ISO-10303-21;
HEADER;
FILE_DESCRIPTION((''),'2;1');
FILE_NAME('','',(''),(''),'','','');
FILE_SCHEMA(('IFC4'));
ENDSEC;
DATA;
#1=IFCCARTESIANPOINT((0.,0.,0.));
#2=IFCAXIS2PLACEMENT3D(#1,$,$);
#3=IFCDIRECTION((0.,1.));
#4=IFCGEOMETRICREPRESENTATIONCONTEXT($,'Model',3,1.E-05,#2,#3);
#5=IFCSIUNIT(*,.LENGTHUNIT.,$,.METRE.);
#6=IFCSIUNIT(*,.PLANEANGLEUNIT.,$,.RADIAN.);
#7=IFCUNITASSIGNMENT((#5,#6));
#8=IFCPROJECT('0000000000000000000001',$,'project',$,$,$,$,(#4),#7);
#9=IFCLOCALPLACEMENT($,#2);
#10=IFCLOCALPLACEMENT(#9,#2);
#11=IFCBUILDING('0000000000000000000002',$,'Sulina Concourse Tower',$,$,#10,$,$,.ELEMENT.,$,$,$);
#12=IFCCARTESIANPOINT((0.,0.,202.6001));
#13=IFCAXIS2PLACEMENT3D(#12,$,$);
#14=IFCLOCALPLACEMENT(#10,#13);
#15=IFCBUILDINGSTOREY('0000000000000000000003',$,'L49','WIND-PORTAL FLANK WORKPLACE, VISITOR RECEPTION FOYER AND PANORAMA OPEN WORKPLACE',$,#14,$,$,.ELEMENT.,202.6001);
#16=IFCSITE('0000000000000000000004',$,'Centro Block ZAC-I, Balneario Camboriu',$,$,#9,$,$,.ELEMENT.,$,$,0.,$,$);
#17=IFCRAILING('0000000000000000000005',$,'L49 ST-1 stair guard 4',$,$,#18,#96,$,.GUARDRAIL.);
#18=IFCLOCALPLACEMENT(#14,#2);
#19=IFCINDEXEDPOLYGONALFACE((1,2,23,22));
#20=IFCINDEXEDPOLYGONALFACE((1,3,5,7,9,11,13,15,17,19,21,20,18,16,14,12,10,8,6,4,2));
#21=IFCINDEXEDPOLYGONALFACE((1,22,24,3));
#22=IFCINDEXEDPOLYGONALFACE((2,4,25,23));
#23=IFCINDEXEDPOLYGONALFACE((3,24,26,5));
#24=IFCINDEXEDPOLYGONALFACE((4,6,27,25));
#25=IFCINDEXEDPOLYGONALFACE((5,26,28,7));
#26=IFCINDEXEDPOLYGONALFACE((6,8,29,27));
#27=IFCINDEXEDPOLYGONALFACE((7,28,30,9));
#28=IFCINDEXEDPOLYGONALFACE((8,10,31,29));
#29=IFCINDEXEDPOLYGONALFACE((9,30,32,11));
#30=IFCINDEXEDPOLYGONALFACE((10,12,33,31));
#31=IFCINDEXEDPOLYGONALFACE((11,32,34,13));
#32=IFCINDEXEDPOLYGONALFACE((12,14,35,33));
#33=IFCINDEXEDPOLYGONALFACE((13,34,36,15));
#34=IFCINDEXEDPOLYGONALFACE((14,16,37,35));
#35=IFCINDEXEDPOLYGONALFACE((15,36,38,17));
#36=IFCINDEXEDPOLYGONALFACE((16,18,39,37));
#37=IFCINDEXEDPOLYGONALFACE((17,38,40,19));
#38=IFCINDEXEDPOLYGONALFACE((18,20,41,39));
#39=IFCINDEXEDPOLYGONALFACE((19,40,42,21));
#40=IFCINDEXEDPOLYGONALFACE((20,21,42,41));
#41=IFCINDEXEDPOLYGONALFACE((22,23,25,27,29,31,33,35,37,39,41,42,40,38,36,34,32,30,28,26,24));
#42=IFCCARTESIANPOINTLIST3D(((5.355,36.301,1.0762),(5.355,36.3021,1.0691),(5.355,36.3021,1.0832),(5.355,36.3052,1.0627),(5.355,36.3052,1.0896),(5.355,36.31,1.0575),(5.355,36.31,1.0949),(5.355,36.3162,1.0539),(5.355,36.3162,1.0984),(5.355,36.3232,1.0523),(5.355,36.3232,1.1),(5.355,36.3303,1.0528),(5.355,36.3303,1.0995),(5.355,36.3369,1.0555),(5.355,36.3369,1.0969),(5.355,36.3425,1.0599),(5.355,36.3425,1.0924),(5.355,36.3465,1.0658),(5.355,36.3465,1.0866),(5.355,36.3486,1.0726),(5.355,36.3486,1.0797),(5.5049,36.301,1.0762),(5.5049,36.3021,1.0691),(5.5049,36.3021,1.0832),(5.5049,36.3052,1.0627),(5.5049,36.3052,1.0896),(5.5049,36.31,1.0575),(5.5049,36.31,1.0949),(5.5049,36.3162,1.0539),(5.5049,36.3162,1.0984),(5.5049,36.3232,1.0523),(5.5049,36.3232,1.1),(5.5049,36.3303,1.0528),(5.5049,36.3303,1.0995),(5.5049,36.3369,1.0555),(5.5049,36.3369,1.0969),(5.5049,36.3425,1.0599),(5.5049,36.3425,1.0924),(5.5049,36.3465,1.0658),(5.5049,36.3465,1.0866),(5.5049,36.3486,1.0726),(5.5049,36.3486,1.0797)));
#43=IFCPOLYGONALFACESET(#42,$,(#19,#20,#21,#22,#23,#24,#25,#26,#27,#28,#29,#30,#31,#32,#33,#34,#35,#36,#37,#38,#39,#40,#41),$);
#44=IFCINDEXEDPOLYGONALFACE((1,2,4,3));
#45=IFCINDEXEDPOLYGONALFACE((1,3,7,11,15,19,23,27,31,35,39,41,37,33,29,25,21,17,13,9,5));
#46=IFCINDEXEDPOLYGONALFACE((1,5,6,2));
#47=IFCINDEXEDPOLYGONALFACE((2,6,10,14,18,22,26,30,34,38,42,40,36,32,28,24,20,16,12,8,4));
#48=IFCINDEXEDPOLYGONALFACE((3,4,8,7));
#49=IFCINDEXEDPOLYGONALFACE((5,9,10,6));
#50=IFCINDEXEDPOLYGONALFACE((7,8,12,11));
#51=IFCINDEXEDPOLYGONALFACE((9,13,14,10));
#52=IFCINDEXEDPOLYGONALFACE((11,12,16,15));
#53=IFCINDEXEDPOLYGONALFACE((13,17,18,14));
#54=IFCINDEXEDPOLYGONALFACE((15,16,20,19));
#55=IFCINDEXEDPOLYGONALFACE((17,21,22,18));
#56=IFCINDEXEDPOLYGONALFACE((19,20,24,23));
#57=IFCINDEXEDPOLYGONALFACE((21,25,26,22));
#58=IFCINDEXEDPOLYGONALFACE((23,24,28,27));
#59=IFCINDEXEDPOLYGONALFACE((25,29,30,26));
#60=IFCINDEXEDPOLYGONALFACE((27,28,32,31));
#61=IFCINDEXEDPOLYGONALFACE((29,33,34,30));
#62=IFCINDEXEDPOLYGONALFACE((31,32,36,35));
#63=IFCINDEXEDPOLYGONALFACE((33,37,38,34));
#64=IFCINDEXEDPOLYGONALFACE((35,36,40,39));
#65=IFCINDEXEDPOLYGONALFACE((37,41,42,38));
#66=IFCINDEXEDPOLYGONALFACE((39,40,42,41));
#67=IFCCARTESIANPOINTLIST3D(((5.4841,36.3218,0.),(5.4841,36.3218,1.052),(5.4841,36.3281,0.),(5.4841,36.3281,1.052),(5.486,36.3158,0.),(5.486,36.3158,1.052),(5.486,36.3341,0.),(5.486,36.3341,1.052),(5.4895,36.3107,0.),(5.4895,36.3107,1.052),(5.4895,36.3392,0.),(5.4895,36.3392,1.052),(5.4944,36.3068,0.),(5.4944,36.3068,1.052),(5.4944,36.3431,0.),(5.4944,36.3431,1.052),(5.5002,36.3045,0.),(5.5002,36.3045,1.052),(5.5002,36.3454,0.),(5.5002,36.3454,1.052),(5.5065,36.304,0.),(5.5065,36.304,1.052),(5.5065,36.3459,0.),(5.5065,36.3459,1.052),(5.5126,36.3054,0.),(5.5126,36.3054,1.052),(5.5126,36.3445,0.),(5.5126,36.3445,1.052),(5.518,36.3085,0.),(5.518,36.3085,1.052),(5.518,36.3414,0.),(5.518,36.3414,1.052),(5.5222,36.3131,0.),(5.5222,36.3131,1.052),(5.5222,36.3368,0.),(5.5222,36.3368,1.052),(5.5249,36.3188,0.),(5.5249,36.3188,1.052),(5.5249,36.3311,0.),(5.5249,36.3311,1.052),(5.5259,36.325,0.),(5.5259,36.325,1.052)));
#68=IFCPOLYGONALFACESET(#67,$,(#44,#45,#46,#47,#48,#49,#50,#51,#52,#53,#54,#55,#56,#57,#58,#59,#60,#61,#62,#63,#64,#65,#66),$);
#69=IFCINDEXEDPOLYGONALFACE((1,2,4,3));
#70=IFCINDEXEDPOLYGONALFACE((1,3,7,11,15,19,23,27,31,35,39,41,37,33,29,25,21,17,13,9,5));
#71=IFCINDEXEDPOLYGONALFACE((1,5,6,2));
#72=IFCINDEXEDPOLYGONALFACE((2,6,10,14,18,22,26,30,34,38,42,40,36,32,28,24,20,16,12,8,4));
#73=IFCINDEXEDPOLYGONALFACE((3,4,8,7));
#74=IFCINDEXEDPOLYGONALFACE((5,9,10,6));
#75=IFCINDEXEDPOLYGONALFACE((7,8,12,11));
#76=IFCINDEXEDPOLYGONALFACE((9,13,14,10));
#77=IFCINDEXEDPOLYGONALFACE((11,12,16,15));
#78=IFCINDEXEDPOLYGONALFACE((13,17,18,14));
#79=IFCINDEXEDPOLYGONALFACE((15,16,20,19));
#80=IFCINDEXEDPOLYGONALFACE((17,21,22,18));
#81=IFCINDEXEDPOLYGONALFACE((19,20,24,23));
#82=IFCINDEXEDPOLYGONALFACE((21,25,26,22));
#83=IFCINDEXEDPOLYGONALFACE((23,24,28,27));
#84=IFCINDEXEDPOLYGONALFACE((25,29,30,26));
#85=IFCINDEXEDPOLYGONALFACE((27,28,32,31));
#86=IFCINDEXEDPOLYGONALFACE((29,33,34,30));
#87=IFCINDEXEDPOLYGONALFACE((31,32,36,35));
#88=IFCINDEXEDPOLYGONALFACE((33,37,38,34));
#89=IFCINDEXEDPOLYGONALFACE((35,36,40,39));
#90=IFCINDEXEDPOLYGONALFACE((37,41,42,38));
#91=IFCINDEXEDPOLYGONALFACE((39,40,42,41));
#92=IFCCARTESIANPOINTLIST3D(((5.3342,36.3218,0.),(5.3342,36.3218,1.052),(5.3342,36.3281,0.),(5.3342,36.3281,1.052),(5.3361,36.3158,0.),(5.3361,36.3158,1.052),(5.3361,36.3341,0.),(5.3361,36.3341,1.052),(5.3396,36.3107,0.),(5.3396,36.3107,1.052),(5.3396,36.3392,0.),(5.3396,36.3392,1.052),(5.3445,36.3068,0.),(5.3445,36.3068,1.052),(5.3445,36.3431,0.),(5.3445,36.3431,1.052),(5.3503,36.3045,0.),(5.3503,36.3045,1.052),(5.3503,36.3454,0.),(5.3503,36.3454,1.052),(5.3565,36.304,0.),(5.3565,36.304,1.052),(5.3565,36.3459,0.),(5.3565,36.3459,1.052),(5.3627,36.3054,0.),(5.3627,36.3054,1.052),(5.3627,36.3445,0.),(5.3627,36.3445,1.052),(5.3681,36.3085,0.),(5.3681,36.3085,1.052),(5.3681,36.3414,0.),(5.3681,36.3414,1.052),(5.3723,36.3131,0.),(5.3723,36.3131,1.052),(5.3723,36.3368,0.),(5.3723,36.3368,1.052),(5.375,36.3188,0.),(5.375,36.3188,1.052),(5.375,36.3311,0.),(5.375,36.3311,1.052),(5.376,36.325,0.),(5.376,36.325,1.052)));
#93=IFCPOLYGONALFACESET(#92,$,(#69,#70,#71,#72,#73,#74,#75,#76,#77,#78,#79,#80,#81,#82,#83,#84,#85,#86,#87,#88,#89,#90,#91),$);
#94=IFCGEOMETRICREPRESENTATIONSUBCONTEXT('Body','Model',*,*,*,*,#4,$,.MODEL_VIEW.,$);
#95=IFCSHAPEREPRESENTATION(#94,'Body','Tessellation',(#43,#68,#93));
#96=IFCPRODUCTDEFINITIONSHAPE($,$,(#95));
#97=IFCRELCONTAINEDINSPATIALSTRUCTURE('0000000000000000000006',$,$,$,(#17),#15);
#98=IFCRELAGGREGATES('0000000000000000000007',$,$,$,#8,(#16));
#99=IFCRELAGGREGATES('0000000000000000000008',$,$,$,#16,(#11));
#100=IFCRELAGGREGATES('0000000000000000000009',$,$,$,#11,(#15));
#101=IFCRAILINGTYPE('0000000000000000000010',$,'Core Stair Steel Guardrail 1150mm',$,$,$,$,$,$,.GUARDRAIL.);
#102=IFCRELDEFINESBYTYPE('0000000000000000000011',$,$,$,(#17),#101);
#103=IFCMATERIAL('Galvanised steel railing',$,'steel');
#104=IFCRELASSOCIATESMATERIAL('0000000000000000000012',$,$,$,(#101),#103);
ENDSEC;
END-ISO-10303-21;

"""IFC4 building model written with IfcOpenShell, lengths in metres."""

from ifc_helpers import new_model, si_unit, direction, frame, origin, origin_2d, place, context, subcontext, project, spatial, circle, extrude, material, type_object, element, save


model = new_model("IFC4")

# Units and contexts
model_context = context("Model", 3, precision=1e-05, world=origin(), true_north=direction((0.0, 1.0)))
body_context = subcontext(model_context, "Body", "Model", "MODEL_VIEW")
ifc_project = project(units=[si_unit("LENGTHUNIT", "METRE"), si_unit("PLANEANGLEUNIT", "RADIAN")], contexts=[model_context])

# Site, building, storey
site_placement = place(None, origin())
site = spatial("IfcSite", under=ifc_project, at=site_placement, Name="Centro Block ZAC-I, Balneario Camboriu", CompositionType="ELEMENT", RefElevation=0.0)
building_placement = place(site_placement, origin())
building = spatial("IfcBuilding", under=site, at=building_placement, Name="Sulina Concourse Tower", CompositionType="ELEMENT")
storey_placement = place(building_placement, frame((0.0, 0.0, 202.6001)))
storey = spatial("IfcBuildingStorey", under=building, at=storey_placement, Name="L49", Description="WIND-PORTAL FLANK WORKPLACE, VISITOR RECEPTION FOYER AND PANORAMA OPEN WORKPLACE", CompositionType="ELEMENT", Elevation=202.6001)

# Railing
ifc_material_1 = material(Name="Galvanised steel railing", Category="steel")
railing_type_1 = type_object("IfcRailingType", Name="Core Stair Steel Guardrail 1150mm", PredefinedType="GUARDRAIL", material=ifc_material_1)
railing_1_placement = place(storey_placement, frame((5.5049, 36.325, 0.0)))
element("IfcRailing", 1, at=railing_1_placement, inside=storey, type_object=railing_type_1, Name="L49 ST-1 stair guard 4", PredefinedType="GUARDRAIL", context=body_context, shape_type="SweptSolid", body=[
    extrude(circle(Radius=0.0239, at=origin_2d()), frame((0.0, 0.0, 1.0762), z_axis=(-1.0, 0.0, 0.0), x_axis=(0.0, -1.0, 0.0)), (0.0, 0.0, 1.0), 0.1499),
    extrude(circle(Radius=0.021, at=origin_2d()), origin(), (0.0, 0.0, 1.0), 1.052),
    extrude(circle(Radius=0.021, at=origin_2d()), frame((-0.1499, 0.0, 0.0)), (0.0, 0.0, 1.0), 1.052),
])

save(model, "model.ifc")
